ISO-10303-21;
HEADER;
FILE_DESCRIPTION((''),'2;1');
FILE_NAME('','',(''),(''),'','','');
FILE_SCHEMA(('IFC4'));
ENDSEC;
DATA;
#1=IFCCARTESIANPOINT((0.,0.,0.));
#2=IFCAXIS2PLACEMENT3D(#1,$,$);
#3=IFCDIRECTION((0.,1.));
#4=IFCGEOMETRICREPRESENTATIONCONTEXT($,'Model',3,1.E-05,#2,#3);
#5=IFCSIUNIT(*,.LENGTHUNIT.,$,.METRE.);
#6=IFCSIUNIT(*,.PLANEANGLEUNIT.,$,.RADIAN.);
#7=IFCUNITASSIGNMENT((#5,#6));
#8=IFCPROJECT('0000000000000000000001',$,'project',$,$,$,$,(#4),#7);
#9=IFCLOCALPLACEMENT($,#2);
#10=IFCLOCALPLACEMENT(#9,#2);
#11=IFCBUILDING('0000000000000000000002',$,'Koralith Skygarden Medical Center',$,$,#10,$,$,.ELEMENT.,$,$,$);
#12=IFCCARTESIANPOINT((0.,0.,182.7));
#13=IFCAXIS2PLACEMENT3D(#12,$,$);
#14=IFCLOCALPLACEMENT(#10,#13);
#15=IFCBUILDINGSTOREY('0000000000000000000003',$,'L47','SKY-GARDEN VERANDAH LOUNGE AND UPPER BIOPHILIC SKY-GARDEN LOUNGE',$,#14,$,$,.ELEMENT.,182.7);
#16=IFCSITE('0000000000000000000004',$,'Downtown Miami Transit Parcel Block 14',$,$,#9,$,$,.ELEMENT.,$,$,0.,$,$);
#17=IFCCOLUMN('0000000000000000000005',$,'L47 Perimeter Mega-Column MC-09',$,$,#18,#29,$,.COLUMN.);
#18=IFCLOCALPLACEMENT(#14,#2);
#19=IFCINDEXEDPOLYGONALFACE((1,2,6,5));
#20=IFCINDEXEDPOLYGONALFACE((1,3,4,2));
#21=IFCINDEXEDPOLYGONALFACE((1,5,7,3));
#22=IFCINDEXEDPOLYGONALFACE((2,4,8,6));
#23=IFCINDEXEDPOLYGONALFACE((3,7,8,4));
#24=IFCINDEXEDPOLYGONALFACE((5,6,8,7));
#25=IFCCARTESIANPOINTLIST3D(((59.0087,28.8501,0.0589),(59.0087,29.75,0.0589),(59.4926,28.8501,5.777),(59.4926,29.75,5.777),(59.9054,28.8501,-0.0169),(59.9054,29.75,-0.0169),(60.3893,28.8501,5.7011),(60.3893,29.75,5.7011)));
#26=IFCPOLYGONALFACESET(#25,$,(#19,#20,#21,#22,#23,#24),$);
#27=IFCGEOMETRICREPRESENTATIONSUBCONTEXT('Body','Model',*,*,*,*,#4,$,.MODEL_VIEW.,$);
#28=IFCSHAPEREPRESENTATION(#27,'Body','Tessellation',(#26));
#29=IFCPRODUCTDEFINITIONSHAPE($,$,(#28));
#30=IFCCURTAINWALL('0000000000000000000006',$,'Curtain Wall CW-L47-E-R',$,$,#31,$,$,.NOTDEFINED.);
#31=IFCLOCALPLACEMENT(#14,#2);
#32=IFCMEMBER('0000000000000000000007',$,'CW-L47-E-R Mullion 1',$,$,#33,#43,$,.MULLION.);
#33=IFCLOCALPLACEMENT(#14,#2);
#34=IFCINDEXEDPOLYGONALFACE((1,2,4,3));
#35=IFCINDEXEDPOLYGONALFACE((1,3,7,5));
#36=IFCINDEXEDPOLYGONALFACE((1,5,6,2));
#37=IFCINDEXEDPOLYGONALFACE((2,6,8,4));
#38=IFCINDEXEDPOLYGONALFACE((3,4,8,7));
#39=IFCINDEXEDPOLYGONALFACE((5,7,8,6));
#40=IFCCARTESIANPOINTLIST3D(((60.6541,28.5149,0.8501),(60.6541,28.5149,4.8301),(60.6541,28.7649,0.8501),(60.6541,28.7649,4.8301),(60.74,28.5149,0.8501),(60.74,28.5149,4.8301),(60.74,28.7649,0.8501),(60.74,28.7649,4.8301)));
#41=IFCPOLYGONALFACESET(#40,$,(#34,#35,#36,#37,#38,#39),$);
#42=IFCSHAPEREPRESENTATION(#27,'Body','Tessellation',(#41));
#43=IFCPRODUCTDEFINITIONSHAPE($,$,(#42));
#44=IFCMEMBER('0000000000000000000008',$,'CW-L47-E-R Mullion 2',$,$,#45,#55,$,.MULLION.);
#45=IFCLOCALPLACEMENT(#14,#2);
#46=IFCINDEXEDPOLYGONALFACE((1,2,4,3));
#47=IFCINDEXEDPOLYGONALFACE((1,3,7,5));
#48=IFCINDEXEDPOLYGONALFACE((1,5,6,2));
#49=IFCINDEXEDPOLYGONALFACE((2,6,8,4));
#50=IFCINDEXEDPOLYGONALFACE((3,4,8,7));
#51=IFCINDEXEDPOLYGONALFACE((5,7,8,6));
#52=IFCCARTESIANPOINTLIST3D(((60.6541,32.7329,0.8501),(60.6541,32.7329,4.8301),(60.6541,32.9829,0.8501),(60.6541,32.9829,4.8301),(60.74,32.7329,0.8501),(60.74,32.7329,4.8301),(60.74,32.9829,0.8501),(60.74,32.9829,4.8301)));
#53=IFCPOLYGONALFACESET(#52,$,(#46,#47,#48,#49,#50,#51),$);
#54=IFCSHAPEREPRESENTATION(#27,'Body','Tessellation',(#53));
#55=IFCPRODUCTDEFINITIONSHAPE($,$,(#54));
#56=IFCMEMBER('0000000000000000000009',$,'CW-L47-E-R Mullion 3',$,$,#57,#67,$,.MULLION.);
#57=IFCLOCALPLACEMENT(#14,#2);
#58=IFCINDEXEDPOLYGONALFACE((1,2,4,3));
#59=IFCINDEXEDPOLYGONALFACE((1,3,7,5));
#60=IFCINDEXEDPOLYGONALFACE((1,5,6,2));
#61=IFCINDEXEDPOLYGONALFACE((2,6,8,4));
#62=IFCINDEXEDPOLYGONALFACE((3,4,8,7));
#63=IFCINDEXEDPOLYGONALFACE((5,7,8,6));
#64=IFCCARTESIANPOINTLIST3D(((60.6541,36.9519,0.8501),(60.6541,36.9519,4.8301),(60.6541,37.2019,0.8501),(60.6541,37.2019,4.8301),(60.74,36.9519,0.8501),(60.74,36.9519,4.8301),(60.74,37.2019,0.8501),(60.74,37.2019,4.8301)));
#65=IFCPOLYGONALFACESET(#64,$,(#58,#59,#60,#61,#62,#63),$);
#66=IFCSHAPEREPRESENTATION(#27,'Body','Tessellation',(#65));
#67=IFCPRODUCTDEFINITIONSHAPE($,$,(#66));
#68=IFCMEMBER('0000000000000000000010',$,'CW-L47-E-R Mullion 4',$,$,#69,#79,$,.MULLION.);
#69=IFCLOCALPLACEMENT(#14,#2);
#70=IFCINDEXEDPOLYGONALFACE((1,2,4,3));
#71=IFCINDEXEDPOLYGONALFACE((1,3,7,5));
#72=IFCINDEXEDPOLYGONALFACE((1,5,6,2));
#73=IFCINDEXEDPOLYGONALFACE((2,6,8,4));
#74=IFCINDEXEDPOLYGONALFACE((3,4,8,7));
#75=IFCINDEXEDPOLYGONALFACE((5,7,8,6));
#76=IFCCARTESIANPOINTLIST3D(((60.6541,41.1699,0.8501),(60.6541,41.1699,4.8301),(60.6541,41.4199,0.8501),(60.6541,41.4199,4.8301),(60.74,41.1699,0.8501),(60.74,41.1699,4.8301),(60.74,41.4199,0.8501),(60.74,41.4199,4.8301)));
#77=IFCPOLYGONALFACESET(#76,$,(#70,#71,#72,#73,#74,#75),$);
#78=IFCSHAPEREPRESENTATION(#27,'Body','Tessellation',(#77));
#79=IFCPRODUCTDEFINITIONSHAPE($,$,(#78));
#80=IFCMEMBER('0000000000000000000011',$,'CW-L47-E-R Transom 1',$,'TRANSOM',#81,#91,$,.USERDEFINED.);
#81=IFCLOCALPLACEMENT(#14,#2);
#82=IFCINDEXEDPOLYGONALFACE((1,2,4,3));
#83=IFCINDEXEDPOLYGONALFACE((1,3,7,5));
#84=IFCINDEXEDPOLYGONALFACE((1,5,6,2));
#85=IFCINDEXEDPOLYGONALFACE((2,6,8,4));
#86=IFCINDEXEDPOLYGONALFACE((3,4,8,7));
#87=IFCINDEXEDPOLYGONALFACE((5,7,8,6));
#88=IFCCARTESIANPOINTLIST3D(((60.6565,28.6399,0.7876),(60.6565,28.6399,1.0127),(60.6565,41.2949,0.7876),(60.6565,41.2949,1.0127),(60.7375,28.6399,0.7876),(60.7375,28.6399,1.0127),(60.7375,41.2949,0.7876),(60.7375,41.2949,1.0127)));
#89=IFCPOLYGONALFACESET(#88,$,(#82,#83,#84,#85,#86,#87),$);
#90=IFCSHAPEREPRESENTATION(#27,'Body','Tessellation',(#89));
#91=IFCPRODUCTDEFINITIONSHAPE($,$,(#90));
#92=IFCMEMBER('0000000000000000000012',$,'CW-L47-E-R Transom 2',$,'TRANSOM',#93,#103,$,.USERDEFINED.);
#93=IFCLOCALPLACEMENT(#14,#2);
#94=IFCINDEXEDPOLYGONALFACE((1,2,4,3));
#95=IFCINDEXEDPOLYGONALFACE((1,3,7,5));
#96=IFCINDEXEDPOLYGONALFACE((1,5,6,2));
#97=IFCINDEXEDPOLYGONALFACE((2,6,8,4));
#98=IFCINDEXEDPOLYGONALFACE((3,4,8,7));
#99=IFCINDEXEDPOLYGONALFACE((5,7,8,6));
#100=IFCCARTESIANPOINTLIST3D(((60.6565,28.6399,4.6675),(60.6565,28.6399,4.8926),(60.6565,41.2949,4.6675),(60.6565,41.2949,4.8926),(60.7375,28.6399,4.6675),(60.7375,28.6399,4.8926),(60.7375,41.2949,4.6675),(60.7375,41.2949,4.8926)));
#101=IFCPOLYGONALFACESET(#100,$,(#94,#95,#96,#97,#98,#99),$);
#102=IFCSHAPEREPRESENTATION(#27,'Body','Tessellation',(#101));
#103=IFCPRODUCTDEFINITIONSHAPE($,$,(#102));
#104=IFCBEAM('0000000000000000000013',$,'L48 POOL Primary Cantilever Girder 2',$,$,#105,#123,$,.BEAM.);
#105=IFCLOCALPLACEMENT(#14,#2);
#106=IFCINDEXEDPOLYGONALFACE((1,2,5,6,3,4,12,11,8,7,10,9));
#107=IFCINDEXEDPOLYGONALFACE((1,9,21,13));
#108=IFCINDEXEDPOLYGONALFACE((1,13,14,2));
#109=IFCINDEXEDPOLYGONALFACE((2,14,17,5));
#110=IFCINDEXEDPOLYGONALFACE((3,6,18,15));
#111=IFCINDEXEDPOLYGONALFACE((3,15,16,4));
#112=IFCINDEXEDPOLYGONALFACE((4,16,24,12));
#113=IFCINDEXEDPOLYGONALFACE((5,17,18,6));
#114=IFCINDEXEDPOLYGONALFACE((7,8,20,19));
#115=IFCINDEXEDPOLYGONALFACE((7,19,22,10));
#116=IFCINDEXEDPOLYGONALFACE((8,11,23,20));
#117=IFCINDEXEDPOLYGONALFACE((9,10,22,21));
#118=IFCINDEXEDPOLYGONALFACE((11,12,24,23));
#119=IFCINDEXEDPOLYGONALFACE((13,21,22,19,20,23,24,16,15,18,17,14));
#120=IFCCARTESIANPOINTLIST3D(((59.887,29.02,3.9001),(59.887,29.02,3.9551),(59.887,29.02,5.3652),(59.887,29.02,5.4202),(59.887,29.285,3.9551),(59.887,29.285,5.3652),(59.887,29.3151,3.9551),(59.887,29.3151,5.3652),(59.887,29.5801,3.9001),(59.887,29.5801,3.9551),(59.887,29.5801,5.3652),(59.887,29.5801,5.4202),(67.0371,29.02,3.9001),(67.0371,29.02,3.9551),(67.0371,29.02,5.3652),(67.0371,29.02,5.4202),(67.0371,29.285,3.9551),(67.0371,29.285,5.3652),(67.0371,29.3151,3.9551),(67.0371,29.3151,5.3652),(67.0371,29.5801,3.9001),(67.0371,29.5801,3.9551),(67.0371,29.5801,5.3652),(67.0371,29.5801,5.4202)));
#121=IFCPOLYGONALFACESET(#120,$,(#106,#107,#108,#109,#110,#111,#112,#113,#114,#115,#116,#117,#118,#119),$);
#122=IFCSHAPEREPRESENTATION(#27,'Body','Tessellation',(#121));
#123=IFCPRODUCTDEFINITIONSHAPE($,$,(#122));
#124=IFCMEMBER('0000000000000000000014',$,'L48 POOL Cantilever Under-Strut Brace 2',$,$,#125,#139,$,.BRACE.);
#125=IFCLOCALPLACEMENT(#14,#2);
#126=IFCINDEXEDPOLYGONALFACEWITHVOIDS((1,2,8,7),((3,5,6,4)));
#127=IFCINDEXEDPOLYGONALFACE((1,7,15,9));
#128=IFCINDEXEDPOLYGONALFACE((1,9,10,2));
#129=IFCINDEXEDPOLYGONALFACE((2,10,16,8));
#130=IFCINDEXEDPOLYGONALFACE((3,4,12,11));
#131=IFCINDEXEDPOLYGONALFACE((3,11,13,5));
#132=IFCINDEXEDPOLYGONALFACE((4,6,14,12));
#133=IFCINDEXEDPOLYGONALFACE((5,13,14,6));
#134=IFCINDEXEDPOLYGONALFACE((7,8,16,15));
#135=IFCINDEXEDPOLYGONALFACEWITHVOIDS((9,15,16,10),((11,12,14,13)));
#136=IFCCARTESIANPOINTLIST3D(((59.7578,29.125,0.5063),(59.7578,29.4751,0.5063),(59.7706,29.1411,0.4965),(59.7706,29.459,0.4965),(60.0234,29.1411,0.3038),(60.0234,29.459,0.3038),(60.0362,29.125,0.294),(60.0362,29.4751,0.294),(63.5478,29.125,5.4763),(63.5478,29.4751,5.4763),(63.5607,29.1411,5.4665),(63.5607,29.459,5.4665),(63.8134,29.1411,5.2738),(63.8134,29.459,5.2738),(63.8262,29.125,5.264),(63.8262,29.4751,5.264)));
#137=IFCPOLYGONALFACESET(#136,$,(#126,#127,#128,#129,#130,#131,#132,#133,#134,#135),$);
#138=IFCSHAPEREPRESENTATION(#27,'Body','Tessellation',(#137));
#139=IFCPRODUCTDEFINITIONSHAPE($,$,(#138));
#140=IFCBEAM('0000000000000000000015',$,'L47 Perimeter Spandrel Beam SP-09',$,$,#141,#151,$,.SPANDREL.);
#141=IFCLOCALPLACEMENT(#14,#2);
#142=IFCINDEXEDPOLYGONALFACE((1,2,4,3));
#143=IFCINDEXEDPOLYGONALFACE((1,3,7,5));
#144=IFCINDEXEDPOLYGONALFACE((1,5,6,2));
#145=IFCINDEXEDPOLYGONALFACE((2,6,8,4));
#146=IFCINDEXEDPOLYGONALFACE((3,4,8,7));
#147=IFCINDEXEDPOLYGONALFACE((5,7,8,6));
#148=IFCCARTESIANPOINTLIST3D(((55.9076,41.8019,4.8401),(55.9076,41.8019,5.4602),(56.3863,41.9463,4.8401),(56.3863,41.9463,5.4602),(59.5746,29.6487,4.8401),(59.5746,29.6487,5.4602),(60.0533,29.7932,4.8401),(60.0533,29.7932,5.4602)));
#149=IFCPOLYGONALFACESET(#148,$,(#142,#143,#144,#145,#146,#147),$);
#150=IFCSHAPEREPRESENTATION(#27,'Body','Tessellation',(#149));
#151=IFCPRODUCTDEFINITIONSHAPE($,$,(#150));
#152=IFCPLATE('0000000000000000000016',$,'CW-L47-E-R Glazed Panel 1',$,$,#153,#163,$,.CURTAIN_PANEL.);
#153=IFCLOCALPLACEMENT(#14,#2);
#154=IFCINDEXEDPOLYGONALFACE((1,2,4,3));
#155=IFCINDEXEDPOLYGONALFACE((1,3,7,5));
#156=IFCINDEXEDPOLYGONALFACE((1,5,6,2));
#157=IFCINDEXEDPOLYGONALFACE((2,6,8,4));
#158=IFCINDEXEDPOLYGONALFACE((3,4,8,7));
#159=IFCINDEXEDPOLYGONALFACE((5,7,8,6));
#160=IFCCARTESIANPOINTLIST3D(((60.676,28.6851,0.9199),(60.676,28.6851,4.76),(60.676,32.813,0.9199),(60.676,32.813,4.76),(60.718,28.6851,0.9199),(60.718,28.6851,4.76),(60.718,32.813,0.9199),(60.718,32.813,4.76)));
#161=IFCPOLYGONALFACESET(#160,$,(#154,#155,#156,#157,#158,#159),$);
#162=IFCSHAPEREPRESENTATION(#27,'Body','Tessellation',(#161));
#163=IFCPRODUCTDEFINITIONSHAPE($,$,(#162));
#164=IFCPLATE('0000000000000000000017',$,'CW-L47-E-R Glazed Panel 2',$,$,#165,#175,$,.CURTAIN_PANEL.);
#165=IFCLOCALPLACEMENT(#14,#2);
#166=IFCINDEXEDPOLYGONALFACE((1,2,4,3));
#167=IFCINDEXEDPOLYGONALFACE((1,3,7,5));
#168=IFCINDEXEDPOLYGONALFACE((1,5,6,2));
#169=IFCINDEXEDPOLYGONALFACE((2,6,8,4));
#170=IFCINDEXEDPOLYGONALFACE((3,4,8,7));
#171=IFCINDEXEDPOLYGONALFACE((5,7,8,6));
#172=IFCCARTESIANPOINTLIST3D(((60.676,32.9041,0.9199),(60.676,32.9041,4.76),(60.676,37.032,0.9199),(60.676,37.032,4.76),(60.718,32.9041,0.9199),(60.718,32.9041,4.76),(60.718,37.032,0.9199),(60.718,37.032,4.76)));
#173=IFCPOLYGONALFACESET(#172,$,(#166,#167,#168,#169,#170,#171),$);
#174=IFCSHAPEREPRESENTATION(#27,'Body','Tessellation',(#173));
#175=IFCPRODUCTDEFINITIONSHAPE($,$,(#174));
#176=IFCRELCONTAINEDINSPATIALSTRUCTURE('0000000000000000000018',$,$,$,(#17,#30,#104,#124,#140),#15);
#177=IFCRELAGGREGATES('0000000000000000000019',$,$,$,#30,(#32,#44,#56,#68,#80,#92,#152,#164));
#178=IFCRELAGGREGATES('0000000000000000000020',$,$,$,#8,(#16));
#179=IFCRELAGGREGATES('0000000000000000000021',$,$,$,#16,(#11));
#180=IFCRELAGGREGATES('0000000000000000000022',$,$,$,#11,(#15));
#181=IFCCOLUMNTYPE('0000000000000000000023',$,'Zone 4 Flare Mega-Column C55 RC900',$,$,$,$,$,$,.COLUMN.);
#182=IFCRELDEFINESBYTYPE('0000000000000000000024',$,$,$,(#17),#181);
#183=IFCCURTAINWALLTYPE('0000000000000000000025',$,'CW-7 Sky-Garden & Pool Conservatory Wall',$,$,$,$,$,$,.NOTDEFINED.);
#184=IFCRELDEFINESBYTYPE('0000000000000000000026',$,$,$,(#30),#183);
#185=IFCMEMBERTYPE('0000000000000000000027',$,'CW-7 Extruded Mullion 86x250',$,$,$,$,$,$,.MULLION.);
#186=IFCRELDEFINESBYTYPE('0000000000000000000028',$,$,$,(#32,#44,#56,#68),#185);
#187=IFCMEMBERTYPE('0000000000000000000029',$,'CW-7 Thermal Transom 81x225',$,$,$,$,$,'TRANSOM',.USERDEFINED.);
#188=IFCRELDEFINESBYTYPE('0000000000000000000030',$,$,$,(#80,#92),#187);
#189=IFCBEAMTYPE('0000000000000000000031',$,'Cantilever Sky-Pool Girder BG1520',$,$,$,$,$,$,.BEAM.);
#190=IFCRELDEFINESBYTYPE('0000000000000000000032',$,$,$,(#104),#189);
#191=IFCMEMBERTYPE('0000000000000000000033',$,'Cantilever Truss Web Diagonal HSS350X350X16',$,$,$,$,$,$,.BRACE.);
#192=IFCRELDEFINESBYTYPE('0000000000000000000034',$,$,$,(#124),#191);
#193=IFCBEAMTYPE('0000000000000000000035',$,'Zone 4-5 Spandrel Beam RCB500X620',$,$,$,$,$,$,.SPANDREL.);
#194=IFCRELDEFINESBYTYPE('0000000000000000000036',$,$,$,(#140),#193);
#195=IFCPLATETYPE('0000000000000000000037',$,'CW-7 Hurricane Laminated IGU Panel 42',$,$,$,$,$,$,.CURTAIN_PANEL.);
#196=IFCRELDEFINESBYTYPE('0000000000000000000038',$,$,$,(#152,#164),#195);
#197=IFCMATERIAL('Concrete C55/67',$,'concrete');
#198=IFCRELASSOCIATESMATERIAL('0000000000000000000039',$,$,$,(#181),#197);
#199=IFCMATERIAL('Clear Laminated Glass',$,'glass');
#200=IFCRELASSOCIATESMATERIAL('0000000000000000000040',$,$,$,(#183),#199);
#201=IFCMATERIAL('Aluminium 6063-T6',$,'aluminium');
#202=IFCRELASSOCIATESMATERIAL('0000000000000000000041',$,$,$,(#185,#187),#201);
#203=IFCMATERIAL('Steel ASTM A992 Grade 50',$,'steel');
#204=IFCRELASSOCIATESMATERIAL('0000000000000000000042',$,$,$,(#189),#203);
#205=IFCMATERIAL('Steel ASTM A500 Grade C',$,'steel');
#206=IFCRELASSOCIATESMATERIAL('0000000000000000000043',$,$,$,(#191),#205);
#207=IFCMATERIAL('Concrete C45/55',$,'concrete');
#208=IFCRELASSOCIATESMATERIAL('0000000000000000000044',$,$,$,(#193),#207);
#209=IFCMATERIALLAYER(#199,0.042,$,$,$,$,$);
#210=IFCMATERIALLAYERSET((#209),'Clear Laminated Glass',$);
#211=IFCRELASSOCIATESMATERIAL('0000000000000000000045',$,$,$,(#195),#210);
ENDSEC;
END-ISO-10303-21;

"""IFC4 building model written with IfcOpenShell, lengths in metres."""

from ifc_helpers import new_model, si_unit, direction, frame, origin, origin_2d, place, context, subcontext, project, spatial, rectangle, hollow_rectangle, i_section, extrude, material, layer, layer_set, material_profile, profile_set, type_object, element, aggregate, save


model = new_model("IFC4")

# Units and contexts
model_context = context("Model", 3, precision=1e-05, world=origin(), true_north=direction((0.0, 1.0)))
body_context = subcontext(model_context, "Body", "Model", "MODEL_VIEW")
ifc_project = project(units=[si_unit("LENGTHUNIT", "METRE"), si_unit("PLANEANGLEUNIT", "RADIAN")], contexts=[model_context])

# Site, building, storey
site_placement = place(None, origin())
site = spatial("IfcSite", under=ifc_project, at=site_placement, Name="Downtown Miami Transit Parcel Block 14", CompositionType="ELEMENT", RefElevation=0.0)
building_placement = place(site_placement, origin())
building = spatial("IfcBuilding", under=site, at=building_placement, Name="Koralith Skygarden Medical Center", CompositionType="ELEMENT")
storey_placement = place(building_placement, frame((0.0, 0.0, 182.7)))
storey = spatial("IfcBuildingStorey", under=building, at=storey_placement, Name="L47", Description="SKY-GARDEN VERANDAH LOUNGE AND UPPER BIOPHILIC SKY-GARDEN LOUNGE", CompositionType="ELEMENT", Elevation=182.7)

# Column
ifc_material_1 = material(Name="Concrete C55/67", Category="concrete")
ifc_material_profile_1 = material_profile(ifc_material_1, rectangle(XDim=0.8999, YDim=0.8999, at=origin_2d()), Name="RC900X900")
ifc_profile_set_1 = profile_set([ifc_material_profile_1], Name="Concrete C55/67")
column_type = type_object("IfcColumnType", Name="Zone 4 Flare Mega-Column C55 RC900", PredefinedType="COLUMN", material=ifc_profile_set_1)
column_placement = place(storey_placement, frame((59.457, 29.3, 0.021), z_axis=(0.084324, 0.0, 0.996438), x_axis=(0.0, 1.0, 0.0)))
element("IfcColumn", 1, at=column_placement, inside=storey, type_object=column_type, Name="L47 Perimeter Mega-Column MC-09", PredefinedType="COLUMN", context=body_context, shape_type="SweptSolid", body=[
    extrude(rectangle(XDim=0.8999, YDim=0.8999, at=origin_2d()), origin(), (0.0, 0.0, 1.0), 5.7385),
])

# Curtain wall, members
ifc_material_2 = material(Name="Clear Laminated Glass", Category="glass")
curtain_wall_type = type_object("IfcCurtainWallType", Name="CW-7 Sky-Garden & Pool Conservatory Wall", PredefinedType="NOTDEFINED", material=ifc_material_2)
curtain_wall_placement = place(storey_placement, origin())
curtain_wall = element("IfcCurtainWall", 2, at=curtain_wall_placement, inside=storey, type_object=curtain_wall_type, Name="Curtain Wall CW-L47-E-R", PredefinedType="NOTDEFINED")
ifc_material_3 = material(Name="Aluminium 6063-T6", Category="aluminium")
ifc_material_profile_2 = material_profile(ifc_material_3, rectangle(XDim=0.0859, YDim=0.25, at=origin_2d()), Name="MUL86X250")
ifc_profile_set_2 = profile_set([ifc_material_profile_2], Name="Aluminium 6063-T6")
member_type_1 = type_object("IfcMemberType", Name="CW-7 Extruded Mullion 86x250", PredefinedType="MULLION", material=ifc_profile_set_2)
member_1_placement = place(storey_placement, frame((60.697, 28.6399, 0.8501), z_axis=(0.0, 0.0, 1.0), x_axis=(1.0, 0.0, 0.0)))
member_1 = element("IfcMember", 3, at=member_1_placement, type_object=member_type_1, Name="CW-L47-E-R Mullion 1", PredefinedType="MULLION", context=body_context, shape_type="SweptSolid", body=[
    extrude(rectangle(XDim=0.0859, YDim=0.25, at=origin_2d()), origin(), (0.0, 0.0, 1.0), 3.98),
])
member_2_placement = place(storey_placement, frame((60.697, 32.8579, 0.8501), z_axis=(0.0, 0.0, 1.0), x_axis=(1.0, 0.0, 0.0)))
member_2 = element("IfcMember", 4, at=member_2_placement, type_object=member_type_1, Name="CW-L47-E-R Mullion 2", PredefinedType="MULLION", context=body_context, shape_type="SweptSolid", body=[
    extrude(rectangle(XDim=0.0859, YDim=0.25, at=origin_2d()), origin(), (0.0, 0.0, 1.0), 3.98),
])
member_3_placement = place(storey_placement, frame((60.697, 37.0769, 0.8501), z_axis=(0.0, 0.0, 1.0), x_axis=(1.0, 0.0, 0.0)))
member_3 = element("IfcMember", 5, at=member_3_placement, type_object=member_type_1, Name="CW-L47-E-R Mullion 3", PredefinedType="MULLION", context=body_context, shape_type="SweptSolid", body=[
    extrude(rectangle(XDim=0.0859, YDim=0.25, at=origin_2d()), origin(), (0.0, 0.0, 1.0), 3.98),
])
member_4_placement = place(storey_placement, frame((60.697, 41.2949, 0.8501), z_axis=(0.0, 0.0, 1.0), x_axis=(1.0, 0.0, 0.0)))
member_4 = element("IfcMember", 6, at=member_4_placement, type_object=member_type_1, Name="CW-L47-E-R Mullion 4", PredefinedType="MULLION", context=body_context, shape_type="SweptSolid", body=[
    extrude(rectangle(XDim=0.0859, YDim=0.25, at=origin_2d()), origin(), (0.0, 0.0, 1.0), 3.98),
])
ifc_material_profile_3 = material_profile(ifc_material_3, rectangle(XDim=0.0811, YDim=0.2251, at=origin_2d()), Name="TRN81X225")
ifc_profile_set_3 = profile_set([ifc_material_profile_3], Name="Aluminium 6063-T6")
member_type_2 = type_object("IfcMemberType", Name="CW-7 Thermal Transom 81x225", ElementType="TRANSOM", PredefinedType="USERDEFINED", material=ifc_profile_set_3)
member_5_placement = place(storey_placement, frame((60.697, 28.6399, 0.9001), z_axis=(0.0, 1.0, 0.0), x_axis=(-1.0, 0.0, 0.0)))
member_5 = element("IfcMember", 7, at=member_5_placement, type_object=member_type_2, Name="CW-L47-E-R Transom 1", ObjectType="TRANSOM", PredefinedType="USERDEFINED", context=body_context, shape_type="SweptSolid", body=[
    extrude(rectangle(XDim=0.0811, YDim=0.2251, at=origin_2d()), origin(), (0.0, 0.0, 1.0), 12.655),
])
member_6_placement = place(storey_placement, frame((60.697, 28.6399, 4.78), z_axis=(0.0, 1.0, 0.0), x_axis=(-1.0, 0.0, 0.0)))
member_6 = element("IfcMember", 8, at=member_6_placement, type_object=member_type_2, Name="CW-L47-E-R Transom 2", ObjectType="TRANSOM", PredefinedType="USERDEFINED", context=body_context, shape_type="SweptSolid", body=[
    extrude(rectangle(XDim=0.0811, YDim=0.2251, at=origin_2d()), origin(), (0.0, 0.0, 1.0), 12.655),
])

# Beam
ifc_material_4 = material(Name="Steel ASTM A992 Grade 50", Category="steel")
ifc_material_profile_4 = material_profile(ifc_material_4, i_section(OverallWidth=0.5601, OverallDepth=1.52, WebThickness=0.03, FlangeThickness=0.0549, at=origin_2d()), Name="BG1520X560X55X30")
ifc_profile_set_4 = profile_set([ifc_material_profile_4], Name="Steel ASTM A992 Grade 50")
beam_type_1 = type_object("IfcBeamType", Name="Cantilever Sky-Pool Girder BG1520", PredefinedType="BEAM", material=ifc_profile_set_4)
beam_1_placement = place(storey_placement, frame((59.887, 29.3, 4.6602), z_axis=(1.0, 0.0, 0.0), x_axis=(0.0, 1.0, 0.0)))
element("IfcBeam", 9, at=beam_1_placement, inside=storey, type_object=beam_type_1, Name="L48 POOL Primary Cantilever Girder 2", PredefinedType="BEAM", context=body_context, shape_type="SweptSolid", body=[
    extrude(i_section(OverallWidth=0.5601, OverallDepth=1.52, WebThickness=0.03, FlangeThickness=0.0549, at=origin_2d()), origin(), (0.0, 0.0, 1.0), 7.1501),
])

# Member
ifc_material_5 = material(Name="Steel ASTM A500 Grade C", Category="steel")
ifc_material_profile_5 = material_profile(ifc_material_5, hollow_rectangle(XDim=0.3501, YDim=0.3501, WallThickness=0.0161, at=origin_2d()), Name="HSS350X350X16")
ifc_profile_set_5 = profile_set([ifc_material_profile_5], Name="Steel ASTM A500 Grade C")
member_type_3 = type_object("IfcMemberType", Name="Cantilever Truss Web Diagonal HSS350X350X16", PredefinedType="BRACE", material=ifc_profile_set_5)
member_7_placement = place(storey_placement, frame((59.897, 29.3, 0.4001), z_axis=(0.606387, 0.0, 0.79517), x_axis=(0.0, 1.0, 0.0)))
element("IfcMember", 10, at=member_7_placement, inside=storey, type_object=member_type_3, Name="L48 POOL Cantilever Under-Strut Brace 2", PredefinedType="BRACE", context=body_context, shape_type="SweptSolid", body=[
    extrude(hollow_rectangle(XDim=0.3501, YDim=0.3501, WallThickness=0.0161, at=origin_2d()), origin(), (0.0, 0.0, 1.0), 6.2502),
])

# Beam
ifc_material_6 = material(Name="Concrete C45/55", Category="concrete")
ifc_material_profile_6 = material_profile(ifc_material_6, rectangle(XDim=0.5, YDim=0.6201, at=origin_2d()), Name="RCB500X620")
ifc_profile_set_6 = profile_set([ifc_material_profile_6], Name="Concrete C45/55")
beam_type_2 = type_object("IfcBeamType", Name="Zone 4-5 Spandrel Beam RCB500X620", PredefinedType="SPANDREL", material=ifc_profile_set_6)
beam_2_placement = place(storey_placement, frame((59.814, 29.7209, 5.1501), z_axis=(-0.28887, 0.957368, 0.0), x_axis=(-0.957368, -0.28887, 0.0)))
element("IfcBeam", 11, at=beam_2_placement, inside=storey, type_object=beam_type_2, Name="L47 Perimeter Spandrel Beam SP-09", PredefinedType="SPANDREL", context=body_context, shape_type="SweptSolid", body=[
    extrude(rectangle(XDim=0.5, YDim=0.6201, at=origin_2d()), origin(), (0.0, 0.0, 1.0), 12.6943),
])

# Plates
ifc_layer_1 = layer(ifc_material_2, 0.042)
ifc_layer_set_1 = layer_set([ifc_layer_1], Name="Clear Laminated Glass")
plate_type_1 = type_object("IfcPlateType", Name="CW-7 Hurricane Laminated IGU Panel 42", PredefinedType="CURTAIN_PANEL", material=ifc_layer_set_1)
plate_1_placement = place(storey_placement, frame((60.697, 30.749, 0.9199), z_axis=(0.0, 0.0, 1.0), x_axis=(0.0, 1.0, 0.0)))
plate_1 = element("IfcPlate", 12, at=plate_1_placement, type_object=plate_type_1, Name="CW-L47-E-R Glazed Panel 1", PredefinedType="CURTAIN_PANEL", context=body_context, shape_type="SweptSolid", body=[
    extrude(rectangle(XDim=4.1279, YDim=0.042, at=origin_2d()), origin(), (0.0, 0.0, 1.0), 3.8401),
])
plate_2_placement = place(storey_placement, frame((60.697, 34.968, 0.9199), z_axis=(0.0, 0.0, 1.0), x_axis=(0.0, 1.0, 0.0)))
plate_2 = element("IfcPlate", 13, at=plate_2_placement, type_object=plate_type_1, Name="CW-L47-E-R Glazed Panel 2", PredefinedType="CURTAIN_PANEL", context=body_context, shape_type="SweptSolid", body=[
    extrude(rectangle(XDim=4.1279, YDim=0.042, at=origin_2d()), origin(), (0.0, 0.0, 1.0), 3.8401),
])
aggregate(curtain_wall, [member_1, member_2, member_3, member_4, member_5, member_6, plate_1, plate_2])

save(model, "model.ifc")
